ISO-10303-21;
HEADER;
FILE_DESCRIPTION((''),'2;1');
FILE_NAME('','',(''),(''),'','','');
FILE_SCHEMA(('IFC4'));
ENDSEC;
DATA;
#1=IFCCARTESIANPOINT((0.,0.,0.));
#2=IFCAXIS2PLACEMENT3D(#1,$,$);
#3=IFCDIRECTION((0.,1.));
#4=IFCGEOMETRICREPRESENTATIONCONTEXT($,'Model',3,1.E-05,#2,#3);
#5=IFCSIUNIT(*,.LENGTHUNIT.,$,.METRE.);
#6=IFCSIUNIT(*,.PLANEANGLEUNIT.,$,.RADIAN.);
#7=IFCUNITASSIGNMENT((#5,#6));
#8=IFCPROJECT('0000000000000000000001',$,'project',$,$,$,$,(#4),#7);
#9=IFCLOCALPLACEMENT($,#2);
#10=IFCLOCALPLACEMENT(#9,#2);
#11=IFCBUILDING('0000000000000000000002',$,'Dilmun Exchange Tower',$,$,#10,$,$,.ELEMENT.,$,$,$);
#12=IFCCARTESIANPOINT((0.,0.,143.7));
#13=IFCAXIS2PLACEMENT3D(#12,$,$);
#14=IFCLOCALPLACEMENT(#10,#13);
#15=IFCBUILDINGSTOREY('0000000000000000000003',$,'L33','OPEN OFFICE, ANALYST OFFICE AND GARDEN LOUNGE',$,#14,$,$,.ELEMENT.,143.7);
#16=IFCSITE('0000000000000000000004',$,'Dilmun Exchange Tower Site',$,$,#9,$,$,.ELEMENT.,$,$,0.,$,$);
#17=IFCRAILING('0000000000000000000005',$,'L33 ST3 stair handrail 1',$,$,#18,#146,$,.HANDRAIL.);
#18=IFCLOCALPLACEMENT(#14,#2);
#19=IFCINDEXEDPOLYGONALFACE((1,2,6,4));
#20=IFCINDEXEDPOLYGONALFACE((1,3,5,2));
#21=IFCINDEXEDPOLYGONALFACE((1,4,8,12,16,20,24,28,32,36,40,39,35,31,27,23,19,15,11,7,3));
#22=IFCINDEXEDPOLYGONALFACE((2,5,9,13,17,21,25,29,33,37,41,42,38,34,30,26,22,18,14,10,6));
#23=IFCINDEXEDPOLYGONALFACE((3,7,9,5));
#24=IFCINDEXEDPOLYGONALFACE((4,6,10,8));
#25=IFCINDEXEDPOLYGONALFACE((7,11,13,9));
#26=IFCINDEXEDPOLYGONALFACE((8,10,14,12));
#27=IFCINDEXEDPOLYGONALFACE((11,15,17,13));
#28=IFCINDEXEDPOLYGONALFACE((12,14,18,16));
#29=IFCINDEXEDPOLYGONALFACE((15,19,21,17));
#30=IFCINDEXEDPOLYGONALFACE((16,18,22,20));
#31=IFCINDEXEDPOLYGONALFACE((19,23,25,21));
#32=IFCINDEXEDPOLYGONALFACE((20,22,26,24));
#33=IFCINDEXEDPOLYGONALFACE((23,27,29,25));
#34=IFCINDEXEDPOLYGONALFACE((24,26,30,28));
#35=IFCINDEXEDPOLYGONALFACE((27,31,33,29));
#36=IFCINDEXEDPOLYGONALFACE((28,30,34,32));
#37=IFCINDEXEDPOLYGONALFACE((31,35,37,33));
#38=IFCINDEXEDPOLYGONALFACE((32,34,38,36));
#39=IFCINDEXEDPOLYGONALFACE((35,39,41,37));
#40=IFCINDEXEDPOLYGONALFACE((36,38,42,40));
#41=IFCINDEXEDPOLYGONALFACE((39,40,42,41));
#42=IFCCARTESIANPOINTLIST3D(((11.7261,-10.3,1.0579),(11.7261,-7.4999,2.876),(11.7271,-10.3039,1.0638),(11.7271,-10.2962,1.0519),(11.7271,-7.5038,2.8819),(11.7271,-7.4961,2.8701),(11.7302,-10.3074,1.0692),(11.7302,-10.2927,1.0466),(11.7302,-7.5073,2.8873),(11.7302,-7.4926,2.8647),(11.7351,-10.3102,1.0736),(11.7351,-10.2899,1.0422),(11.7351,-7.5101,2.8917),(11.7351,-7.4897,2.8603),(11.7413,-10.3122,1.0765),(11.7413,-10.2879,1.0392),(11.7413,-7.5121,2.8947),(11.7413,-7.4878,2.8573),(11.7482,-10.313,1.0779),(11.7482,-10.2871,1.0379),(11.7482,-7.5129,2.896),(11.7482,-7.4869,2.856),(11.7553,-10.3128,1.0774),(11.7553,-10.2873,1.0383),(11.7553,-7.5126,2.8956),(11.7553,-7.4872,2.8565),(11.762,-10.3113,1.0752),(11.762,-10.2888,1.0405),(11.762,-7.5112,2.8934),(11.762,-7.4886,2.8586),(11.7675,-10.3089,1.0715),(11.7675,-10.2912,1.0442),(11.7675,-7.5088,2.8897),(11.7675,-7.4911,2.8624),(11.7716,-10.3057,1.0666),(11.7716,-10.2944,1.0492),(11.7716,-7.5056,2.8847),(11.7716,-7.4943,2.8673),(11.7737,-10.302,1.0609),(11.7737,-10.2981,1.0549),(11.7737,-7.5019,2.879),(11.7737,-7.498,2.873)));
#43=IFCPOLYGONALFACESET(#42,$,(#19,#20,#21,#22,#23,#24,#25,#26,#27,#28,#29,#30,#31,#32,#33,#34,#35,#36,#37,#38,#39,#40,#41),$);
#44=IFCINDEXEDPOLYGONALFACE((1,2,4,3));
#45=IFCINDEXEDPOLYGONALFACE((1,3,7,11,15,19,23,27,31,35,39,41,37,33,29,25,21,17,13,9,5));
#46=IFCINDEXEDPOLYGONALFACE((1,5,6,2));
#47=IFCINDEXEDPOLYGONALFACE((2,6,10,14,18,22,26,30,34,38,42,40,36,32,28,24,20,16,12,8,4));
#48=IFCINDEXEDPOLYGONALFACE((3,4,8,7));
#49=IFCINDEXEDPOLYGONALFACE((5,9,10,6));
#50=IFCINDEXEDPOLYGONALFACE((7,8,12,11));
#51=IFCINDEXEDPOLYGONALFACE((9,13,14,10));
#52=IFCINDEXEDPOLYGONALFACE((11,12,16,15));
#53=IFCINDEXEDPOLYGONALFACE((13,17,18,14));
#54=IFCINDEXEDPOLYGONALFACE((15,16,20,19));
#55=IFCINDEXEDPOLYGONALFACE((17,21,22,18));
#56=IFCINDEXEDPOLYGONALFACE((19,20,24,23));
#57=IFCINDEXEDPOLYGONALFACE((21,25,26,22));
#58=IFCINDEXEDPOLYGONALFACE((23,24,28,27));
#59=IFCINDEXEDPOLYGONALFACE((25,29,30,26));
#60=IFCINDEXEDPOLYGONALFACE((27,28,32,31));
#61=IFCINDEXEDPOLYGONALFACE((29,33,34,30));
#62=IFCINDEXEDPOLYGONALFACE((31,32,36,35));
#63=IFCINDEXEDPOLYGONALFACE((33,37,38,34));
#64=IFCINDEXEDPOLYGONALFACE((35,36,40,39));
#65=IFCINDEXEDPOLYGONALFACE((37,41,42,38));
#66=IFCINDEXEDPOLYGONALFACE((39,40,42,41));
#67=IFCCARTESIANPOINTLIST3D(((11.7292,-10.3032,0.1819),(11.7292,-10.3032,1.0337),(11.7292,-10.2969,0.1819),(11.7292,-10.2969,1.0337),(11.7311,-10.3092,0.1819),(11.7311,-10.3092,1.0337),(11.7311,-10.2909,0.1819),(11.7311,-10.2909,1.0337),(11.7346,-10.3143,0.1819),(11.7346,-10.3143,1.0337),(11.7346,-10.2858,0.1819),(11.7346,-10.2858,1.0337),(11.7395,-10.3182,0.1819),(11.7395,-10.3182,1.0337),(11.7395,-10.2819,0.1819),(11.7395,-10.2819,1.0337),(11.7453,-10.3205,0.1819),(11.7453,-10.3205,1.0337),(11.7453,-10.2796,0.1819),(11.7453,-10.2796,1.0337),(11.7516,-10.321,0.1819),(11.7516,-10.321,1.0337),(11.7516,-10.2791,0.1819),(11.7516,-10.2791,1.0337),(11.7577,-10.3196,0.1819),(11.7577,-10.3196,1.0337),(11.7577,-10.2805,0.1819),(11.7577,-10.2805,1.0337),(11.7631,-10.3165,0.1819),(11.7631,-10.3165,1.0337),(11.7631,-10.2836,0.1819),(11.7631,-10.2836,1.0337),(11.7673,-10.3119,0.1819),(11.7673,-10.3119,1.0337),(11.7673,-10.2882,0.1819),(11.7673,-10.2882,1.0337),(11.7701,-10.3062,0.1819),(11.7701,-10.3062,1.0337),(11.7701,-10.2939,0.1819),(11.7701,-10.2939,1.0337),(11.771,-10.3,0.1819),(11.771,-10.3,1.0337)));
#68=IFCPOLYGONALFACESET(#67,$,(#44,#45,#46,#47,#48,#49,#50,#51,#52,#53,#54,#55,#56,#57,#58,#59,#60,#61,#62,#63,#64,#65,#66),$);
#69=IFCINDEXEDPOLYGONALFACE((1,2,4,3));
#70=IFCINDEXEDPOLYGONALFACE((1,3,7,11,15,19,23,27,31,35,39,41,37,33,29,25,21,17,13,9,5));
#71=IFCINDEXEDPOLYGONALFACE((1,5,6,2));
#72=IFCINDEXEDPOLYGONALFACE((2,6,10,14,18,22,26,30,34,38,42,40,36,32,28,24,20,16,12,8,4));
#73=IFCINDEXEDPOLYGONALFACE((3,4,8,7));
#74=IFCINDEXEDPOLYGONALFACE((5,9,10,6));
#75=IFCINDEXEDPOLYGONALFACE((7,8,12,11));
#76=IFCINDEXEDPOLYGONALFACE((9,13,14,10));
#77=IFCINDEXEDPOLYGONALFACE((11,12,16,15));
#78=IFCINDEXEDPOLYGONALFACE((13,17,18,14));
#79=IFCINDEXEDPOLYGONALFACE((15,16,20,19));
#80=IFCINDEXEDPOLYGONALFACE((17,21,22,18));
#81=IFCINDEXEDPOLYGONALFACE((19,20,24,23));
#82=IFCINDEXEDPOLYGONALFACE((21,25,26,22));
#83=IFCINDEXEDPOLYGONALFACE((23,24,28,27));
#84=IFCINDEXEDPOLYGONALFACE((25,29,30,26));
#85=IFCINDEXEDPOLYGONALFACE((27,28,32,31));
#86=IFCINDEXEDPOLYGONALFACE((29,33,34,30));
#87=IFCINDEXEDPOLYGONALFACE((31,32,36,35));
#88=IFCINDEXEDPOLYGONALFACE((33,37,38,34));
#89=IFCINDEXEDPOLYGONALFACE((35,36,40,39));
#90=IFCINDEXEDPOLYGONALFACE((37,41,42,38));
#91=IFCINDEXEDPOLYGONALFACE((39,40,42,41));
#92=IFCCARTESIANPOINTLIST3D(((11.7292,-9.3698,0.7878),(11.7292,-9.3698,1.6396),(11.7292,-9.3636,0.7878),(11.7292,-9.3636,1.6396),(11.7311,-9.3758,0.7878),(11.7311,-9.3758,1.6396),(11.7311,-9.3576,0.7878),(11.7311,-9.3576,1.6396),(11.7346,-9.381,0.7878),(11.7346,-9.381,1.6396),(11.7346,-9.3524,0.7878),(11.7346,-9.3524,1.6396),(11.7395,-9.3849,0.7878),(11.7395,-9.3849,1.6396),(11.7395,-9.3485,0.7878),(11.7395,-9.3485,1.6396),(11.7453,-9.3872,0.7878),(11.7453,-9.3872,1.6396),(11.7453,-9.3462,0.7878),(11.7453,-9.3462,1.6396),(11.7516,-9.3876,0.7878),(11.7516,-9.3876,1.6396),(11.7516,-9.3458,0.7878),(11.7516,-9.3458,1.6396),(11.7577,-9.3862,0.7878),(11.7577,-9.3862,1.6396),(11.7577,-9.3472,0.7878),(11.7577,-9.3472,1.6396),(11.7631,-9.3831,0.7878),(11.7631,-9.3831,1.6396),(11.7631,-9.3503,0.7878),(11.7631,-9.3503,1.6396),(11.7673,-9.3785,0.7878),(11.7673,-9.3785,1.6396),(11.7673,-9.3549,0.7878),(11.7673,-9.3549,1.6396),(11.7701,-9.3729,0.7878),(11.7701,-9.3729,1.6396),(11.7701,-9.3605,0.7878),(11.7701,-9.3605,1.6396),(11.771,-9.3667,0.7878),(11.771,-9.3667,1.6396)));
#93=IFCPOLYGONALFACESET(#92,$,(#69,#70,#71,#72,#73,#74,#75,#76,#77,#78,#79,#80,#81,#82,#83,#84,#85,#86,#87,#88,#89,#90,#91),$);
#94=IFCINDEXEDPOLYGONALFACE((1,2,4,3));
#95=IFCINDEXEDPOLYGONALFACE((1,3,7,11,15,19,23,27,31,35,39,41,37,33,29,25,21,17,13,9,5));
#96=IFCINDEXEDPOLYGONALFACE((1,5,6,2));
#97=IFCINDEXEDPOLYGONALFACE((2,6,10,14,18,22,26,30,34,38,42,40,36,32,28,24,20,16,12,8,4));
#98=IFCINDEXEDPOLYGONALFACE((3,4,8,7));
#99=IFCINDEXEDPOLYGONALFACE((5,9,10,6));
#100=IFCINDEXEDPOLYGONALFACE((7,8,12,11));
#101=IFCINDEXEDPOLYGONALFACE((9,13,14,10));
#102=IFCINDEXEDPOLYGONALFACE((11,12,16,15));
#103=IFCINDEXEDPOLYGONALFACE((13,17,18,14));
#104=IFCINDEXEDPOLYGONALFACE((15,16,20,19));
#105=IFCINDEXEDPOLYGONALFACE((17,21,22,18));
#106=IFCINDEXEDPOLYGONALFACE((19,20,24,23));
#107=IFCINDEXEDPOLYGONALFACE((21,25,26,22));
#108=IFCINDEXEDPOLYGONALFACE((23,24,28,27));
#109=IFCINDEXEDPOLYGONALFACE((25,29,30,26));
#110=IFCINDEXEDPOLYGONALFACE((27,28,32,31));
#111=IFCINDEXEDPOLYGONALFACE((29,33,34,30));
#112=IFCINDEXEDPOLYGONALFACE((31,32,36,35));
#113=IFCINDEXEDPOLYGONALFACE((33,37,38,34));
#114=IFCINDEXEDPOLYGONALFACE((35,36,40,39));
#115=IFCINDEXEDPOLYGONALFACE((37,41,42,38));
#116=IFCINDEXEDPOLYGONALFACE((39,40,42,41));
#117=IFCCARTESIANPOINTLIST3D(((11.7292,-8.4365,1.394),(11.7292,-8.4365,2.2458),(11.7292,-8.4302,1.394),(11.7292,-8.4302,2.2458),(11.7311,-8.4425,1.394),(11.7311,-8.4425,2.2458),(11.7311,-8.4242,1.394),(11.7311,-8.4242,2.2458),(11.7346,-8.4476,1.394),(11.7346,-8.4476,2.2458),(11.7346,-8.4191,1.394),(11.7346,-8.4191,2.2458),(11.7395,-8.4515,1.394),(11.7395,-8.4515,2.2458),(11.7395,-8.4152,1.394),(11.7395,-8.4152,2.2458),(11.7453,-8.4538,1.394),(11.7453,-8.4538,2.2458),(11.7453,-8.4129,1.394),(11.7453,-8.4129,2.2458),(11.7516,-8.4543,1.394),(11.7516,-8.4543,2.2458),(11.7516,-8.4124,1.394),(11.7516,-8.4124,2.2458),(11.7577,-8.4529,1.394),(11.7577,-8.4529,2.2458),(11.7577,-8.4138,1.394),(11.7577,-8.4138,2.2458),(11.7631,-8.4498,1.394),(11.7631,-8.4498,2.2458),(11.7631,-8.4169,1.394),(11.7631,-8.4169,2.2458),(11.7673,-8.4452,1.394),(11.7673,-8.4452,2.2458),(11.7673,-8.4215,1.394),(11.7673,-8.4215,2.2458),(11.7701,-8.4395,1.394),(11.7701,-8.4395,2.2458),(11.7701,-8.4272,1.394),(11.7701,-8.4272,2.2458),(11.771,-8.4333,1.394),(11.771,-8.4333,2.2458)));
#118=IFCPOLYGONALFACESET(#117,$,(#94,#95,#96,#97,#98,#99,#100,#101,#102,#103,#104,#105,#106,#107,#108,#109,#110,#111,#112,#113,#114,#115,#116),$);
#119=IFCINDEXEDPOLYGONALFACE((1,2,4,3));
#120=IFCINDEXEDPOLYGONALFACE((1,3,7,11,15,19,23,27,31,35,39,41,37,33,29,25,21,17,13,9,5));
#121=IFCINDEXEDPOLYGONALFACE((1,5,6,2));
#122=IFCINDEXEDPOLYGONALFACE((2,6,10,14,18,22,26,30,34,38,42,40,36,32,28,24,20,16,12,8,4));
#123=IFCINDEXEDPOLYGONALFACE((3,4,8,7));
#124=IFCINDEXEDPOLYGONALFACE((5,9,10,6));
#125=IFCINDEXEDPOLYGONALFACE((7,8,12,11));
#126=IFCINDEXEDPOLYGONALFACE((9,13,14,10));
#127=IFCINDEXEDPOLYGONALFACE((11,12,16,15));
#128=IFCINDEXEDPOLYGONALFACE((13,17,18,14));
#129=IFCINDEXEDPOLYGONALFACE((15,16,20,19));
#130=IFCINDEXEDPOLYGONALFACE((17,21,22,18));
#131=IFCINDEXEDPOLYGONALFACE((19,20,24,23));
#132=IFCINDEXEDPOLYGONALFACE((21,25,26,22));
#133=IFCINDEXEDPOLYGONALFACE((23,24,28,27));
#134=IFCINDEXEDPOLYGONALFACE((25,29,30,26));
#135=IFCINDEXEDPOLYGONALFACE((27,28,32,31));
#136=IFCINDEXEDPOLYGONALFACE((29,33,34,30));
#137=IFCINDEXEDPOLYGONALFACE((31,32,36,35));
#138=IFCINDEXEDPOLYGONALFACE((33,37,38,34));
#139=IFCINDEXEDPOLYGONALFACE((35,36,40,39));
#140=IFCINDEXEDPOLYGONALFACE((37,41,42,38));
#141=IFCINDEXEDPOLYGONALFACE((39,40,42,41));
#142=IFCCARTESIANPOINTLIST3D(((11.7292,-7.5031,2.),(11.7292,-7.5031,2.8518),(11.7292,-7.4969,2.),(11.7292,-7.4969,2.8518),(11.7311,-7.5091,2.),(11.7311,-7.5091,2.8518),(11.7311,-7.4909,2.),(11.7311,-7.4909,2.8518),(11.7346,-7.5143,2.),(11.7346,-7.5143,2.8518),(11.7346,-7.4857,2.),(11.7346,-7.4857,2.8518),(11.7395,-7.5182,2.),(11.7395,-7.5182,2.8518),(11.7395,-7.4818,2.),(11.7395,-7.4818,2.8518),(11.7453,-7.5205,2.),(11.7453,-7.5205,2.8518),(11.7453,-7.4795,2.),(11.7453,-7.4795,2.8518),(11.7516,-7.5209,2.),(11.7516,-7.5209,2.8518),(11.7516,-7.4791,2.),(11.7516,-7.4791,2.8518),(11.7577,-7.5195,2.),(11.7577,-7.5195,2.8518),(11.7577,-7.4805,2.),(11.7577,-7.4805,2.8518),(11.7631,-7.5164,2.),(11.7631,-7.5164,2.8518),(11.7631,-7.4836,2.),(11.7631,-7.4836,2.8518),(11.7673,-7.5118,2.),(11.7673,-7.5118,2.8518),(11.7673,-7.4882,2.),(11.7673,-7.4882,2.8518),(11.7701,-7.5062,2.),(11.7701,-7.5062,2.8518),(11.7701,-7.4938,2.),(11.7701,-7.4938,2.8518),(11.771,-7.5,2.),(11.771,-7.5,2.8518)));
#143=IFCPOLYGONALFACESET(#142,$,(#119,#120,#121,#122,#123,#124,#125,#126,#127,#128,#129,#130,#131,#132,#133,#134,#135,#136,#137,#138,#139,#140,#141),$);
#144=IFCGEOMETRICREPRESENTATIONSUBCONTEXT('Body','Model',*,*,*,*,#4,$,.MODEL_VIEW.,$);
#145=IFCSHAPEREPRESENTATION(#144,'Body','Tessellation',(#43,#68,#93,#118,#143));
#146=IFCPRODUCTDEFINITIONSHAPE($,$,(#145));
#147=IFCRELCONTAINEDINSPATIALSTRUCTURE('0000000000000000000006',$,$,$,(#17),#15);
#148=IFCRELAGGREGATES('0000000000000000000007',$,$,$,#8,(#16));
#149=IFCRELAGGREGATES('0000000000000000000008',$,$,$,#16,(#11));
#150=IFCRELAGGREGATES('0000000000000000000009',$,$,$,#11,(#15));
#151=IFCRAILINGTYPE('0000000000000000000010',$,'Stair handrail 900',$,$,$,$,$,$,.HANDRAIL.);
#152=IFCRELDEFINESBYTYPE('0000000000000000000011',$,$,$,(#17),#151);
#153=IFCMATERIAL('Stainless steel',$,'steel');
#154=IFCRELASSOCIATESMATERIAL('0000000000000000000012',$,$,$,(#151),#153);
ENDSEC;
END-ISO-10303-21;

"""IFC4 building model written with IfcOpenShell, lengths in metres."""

from ifc_helpers import new_model, si_unit, direction, frame, origin, origin_2d, place, context, subcontext, project, spatial, circle, extrude, material, type_object, element, save


model = new_model("IFC4")

# Units and contexts
model_context = context("Model", 3, precision=1e-05, world=origin(), true_north=direction((0.0, 1.0)))
body_context = subcontext(model_context, "Body", "Model", "MODEL_VIEW")
ifc_project = project(units=[si_unit("LENGTHUNIT", "METRE"), si_unit("PLANEANGLEUNIT", "RADIAN")], contexts=[model_context])

# Site, building, storey
site_placement = place(None, origin())
site = spatial("IfcSite", under=ifc_project, at=site_placement, Name="Dilmun Exchange Tower Site", CompositionType="ELEMENT", RefElevation=0.0)
building_placement = place(site_placement, origin())
building = spatial("IfcBuilding", under=site, at=building_placement, Name="Dilmun Exchange Tower", CompositionType="ELEMENT")
storey_placement = place(building_placement, frame((0.0, 0.0, 143.7)))
storey = spatial("IfcBuildingStorey", under=building, at=storey_placement, Name="L33", Description="OPEN OFFICE, ANALYST OFFICE AND GARDEN LOUNGE", CompositionType="ELEMENT", Elevation=143.7)

# Railing
ifc_material_1 = material(Name="Stainless steel", Category="steel")
railing_type = type_object("IfcRailingType", Name="Stair handrail 900", PredefinedType="HANDRAIL", material=ifc_material_1)
railing_1_placement = place(storey_placement, frame((11.75, -10.3, 0.1819)))
element("IfcRailing", 1, at=railing_1_placement, inside=storey, type_object=railing_type, Name="L33 ST3 stair handrail 1", PredefinedType="HANDRAIL", context=body_context, shape_type="SweptSolid", body=[
    extrude(circle(Radius=0.0239, at=origin_2d()), frame((0.0, 0.0, 0.876), z_axis=(0.0, 0.838706, 0.544585), x_axis=(-1.0, 0.0, 0.0)), (0.0, 0.0, 1.0), 3.3386),
    extrude(circle(Radius=0.021, at=origin_2d()), origin(), (0.0, 0.0, 1.0), 0.8518),
    extrude(circle(Radius=0.021, at=origin_2d()), frame((0.0, 0.9333, 0.606)), (0.0, 0.0, 1.0), 0.8518),
    extrude(circle(Radius=0.021, at=origin_2d()), frame((0.0, 1.8667, 1.2122)), (0.0, 0.0, 1.0), 0.8518),
    extrude(circle(Radius=0.021, at=origin_2d()), frame((0.0, 2.8, 1.8181)), (0.0, 0.0, 1.0), 0.8518),
])

save(model, "model.ifc")
